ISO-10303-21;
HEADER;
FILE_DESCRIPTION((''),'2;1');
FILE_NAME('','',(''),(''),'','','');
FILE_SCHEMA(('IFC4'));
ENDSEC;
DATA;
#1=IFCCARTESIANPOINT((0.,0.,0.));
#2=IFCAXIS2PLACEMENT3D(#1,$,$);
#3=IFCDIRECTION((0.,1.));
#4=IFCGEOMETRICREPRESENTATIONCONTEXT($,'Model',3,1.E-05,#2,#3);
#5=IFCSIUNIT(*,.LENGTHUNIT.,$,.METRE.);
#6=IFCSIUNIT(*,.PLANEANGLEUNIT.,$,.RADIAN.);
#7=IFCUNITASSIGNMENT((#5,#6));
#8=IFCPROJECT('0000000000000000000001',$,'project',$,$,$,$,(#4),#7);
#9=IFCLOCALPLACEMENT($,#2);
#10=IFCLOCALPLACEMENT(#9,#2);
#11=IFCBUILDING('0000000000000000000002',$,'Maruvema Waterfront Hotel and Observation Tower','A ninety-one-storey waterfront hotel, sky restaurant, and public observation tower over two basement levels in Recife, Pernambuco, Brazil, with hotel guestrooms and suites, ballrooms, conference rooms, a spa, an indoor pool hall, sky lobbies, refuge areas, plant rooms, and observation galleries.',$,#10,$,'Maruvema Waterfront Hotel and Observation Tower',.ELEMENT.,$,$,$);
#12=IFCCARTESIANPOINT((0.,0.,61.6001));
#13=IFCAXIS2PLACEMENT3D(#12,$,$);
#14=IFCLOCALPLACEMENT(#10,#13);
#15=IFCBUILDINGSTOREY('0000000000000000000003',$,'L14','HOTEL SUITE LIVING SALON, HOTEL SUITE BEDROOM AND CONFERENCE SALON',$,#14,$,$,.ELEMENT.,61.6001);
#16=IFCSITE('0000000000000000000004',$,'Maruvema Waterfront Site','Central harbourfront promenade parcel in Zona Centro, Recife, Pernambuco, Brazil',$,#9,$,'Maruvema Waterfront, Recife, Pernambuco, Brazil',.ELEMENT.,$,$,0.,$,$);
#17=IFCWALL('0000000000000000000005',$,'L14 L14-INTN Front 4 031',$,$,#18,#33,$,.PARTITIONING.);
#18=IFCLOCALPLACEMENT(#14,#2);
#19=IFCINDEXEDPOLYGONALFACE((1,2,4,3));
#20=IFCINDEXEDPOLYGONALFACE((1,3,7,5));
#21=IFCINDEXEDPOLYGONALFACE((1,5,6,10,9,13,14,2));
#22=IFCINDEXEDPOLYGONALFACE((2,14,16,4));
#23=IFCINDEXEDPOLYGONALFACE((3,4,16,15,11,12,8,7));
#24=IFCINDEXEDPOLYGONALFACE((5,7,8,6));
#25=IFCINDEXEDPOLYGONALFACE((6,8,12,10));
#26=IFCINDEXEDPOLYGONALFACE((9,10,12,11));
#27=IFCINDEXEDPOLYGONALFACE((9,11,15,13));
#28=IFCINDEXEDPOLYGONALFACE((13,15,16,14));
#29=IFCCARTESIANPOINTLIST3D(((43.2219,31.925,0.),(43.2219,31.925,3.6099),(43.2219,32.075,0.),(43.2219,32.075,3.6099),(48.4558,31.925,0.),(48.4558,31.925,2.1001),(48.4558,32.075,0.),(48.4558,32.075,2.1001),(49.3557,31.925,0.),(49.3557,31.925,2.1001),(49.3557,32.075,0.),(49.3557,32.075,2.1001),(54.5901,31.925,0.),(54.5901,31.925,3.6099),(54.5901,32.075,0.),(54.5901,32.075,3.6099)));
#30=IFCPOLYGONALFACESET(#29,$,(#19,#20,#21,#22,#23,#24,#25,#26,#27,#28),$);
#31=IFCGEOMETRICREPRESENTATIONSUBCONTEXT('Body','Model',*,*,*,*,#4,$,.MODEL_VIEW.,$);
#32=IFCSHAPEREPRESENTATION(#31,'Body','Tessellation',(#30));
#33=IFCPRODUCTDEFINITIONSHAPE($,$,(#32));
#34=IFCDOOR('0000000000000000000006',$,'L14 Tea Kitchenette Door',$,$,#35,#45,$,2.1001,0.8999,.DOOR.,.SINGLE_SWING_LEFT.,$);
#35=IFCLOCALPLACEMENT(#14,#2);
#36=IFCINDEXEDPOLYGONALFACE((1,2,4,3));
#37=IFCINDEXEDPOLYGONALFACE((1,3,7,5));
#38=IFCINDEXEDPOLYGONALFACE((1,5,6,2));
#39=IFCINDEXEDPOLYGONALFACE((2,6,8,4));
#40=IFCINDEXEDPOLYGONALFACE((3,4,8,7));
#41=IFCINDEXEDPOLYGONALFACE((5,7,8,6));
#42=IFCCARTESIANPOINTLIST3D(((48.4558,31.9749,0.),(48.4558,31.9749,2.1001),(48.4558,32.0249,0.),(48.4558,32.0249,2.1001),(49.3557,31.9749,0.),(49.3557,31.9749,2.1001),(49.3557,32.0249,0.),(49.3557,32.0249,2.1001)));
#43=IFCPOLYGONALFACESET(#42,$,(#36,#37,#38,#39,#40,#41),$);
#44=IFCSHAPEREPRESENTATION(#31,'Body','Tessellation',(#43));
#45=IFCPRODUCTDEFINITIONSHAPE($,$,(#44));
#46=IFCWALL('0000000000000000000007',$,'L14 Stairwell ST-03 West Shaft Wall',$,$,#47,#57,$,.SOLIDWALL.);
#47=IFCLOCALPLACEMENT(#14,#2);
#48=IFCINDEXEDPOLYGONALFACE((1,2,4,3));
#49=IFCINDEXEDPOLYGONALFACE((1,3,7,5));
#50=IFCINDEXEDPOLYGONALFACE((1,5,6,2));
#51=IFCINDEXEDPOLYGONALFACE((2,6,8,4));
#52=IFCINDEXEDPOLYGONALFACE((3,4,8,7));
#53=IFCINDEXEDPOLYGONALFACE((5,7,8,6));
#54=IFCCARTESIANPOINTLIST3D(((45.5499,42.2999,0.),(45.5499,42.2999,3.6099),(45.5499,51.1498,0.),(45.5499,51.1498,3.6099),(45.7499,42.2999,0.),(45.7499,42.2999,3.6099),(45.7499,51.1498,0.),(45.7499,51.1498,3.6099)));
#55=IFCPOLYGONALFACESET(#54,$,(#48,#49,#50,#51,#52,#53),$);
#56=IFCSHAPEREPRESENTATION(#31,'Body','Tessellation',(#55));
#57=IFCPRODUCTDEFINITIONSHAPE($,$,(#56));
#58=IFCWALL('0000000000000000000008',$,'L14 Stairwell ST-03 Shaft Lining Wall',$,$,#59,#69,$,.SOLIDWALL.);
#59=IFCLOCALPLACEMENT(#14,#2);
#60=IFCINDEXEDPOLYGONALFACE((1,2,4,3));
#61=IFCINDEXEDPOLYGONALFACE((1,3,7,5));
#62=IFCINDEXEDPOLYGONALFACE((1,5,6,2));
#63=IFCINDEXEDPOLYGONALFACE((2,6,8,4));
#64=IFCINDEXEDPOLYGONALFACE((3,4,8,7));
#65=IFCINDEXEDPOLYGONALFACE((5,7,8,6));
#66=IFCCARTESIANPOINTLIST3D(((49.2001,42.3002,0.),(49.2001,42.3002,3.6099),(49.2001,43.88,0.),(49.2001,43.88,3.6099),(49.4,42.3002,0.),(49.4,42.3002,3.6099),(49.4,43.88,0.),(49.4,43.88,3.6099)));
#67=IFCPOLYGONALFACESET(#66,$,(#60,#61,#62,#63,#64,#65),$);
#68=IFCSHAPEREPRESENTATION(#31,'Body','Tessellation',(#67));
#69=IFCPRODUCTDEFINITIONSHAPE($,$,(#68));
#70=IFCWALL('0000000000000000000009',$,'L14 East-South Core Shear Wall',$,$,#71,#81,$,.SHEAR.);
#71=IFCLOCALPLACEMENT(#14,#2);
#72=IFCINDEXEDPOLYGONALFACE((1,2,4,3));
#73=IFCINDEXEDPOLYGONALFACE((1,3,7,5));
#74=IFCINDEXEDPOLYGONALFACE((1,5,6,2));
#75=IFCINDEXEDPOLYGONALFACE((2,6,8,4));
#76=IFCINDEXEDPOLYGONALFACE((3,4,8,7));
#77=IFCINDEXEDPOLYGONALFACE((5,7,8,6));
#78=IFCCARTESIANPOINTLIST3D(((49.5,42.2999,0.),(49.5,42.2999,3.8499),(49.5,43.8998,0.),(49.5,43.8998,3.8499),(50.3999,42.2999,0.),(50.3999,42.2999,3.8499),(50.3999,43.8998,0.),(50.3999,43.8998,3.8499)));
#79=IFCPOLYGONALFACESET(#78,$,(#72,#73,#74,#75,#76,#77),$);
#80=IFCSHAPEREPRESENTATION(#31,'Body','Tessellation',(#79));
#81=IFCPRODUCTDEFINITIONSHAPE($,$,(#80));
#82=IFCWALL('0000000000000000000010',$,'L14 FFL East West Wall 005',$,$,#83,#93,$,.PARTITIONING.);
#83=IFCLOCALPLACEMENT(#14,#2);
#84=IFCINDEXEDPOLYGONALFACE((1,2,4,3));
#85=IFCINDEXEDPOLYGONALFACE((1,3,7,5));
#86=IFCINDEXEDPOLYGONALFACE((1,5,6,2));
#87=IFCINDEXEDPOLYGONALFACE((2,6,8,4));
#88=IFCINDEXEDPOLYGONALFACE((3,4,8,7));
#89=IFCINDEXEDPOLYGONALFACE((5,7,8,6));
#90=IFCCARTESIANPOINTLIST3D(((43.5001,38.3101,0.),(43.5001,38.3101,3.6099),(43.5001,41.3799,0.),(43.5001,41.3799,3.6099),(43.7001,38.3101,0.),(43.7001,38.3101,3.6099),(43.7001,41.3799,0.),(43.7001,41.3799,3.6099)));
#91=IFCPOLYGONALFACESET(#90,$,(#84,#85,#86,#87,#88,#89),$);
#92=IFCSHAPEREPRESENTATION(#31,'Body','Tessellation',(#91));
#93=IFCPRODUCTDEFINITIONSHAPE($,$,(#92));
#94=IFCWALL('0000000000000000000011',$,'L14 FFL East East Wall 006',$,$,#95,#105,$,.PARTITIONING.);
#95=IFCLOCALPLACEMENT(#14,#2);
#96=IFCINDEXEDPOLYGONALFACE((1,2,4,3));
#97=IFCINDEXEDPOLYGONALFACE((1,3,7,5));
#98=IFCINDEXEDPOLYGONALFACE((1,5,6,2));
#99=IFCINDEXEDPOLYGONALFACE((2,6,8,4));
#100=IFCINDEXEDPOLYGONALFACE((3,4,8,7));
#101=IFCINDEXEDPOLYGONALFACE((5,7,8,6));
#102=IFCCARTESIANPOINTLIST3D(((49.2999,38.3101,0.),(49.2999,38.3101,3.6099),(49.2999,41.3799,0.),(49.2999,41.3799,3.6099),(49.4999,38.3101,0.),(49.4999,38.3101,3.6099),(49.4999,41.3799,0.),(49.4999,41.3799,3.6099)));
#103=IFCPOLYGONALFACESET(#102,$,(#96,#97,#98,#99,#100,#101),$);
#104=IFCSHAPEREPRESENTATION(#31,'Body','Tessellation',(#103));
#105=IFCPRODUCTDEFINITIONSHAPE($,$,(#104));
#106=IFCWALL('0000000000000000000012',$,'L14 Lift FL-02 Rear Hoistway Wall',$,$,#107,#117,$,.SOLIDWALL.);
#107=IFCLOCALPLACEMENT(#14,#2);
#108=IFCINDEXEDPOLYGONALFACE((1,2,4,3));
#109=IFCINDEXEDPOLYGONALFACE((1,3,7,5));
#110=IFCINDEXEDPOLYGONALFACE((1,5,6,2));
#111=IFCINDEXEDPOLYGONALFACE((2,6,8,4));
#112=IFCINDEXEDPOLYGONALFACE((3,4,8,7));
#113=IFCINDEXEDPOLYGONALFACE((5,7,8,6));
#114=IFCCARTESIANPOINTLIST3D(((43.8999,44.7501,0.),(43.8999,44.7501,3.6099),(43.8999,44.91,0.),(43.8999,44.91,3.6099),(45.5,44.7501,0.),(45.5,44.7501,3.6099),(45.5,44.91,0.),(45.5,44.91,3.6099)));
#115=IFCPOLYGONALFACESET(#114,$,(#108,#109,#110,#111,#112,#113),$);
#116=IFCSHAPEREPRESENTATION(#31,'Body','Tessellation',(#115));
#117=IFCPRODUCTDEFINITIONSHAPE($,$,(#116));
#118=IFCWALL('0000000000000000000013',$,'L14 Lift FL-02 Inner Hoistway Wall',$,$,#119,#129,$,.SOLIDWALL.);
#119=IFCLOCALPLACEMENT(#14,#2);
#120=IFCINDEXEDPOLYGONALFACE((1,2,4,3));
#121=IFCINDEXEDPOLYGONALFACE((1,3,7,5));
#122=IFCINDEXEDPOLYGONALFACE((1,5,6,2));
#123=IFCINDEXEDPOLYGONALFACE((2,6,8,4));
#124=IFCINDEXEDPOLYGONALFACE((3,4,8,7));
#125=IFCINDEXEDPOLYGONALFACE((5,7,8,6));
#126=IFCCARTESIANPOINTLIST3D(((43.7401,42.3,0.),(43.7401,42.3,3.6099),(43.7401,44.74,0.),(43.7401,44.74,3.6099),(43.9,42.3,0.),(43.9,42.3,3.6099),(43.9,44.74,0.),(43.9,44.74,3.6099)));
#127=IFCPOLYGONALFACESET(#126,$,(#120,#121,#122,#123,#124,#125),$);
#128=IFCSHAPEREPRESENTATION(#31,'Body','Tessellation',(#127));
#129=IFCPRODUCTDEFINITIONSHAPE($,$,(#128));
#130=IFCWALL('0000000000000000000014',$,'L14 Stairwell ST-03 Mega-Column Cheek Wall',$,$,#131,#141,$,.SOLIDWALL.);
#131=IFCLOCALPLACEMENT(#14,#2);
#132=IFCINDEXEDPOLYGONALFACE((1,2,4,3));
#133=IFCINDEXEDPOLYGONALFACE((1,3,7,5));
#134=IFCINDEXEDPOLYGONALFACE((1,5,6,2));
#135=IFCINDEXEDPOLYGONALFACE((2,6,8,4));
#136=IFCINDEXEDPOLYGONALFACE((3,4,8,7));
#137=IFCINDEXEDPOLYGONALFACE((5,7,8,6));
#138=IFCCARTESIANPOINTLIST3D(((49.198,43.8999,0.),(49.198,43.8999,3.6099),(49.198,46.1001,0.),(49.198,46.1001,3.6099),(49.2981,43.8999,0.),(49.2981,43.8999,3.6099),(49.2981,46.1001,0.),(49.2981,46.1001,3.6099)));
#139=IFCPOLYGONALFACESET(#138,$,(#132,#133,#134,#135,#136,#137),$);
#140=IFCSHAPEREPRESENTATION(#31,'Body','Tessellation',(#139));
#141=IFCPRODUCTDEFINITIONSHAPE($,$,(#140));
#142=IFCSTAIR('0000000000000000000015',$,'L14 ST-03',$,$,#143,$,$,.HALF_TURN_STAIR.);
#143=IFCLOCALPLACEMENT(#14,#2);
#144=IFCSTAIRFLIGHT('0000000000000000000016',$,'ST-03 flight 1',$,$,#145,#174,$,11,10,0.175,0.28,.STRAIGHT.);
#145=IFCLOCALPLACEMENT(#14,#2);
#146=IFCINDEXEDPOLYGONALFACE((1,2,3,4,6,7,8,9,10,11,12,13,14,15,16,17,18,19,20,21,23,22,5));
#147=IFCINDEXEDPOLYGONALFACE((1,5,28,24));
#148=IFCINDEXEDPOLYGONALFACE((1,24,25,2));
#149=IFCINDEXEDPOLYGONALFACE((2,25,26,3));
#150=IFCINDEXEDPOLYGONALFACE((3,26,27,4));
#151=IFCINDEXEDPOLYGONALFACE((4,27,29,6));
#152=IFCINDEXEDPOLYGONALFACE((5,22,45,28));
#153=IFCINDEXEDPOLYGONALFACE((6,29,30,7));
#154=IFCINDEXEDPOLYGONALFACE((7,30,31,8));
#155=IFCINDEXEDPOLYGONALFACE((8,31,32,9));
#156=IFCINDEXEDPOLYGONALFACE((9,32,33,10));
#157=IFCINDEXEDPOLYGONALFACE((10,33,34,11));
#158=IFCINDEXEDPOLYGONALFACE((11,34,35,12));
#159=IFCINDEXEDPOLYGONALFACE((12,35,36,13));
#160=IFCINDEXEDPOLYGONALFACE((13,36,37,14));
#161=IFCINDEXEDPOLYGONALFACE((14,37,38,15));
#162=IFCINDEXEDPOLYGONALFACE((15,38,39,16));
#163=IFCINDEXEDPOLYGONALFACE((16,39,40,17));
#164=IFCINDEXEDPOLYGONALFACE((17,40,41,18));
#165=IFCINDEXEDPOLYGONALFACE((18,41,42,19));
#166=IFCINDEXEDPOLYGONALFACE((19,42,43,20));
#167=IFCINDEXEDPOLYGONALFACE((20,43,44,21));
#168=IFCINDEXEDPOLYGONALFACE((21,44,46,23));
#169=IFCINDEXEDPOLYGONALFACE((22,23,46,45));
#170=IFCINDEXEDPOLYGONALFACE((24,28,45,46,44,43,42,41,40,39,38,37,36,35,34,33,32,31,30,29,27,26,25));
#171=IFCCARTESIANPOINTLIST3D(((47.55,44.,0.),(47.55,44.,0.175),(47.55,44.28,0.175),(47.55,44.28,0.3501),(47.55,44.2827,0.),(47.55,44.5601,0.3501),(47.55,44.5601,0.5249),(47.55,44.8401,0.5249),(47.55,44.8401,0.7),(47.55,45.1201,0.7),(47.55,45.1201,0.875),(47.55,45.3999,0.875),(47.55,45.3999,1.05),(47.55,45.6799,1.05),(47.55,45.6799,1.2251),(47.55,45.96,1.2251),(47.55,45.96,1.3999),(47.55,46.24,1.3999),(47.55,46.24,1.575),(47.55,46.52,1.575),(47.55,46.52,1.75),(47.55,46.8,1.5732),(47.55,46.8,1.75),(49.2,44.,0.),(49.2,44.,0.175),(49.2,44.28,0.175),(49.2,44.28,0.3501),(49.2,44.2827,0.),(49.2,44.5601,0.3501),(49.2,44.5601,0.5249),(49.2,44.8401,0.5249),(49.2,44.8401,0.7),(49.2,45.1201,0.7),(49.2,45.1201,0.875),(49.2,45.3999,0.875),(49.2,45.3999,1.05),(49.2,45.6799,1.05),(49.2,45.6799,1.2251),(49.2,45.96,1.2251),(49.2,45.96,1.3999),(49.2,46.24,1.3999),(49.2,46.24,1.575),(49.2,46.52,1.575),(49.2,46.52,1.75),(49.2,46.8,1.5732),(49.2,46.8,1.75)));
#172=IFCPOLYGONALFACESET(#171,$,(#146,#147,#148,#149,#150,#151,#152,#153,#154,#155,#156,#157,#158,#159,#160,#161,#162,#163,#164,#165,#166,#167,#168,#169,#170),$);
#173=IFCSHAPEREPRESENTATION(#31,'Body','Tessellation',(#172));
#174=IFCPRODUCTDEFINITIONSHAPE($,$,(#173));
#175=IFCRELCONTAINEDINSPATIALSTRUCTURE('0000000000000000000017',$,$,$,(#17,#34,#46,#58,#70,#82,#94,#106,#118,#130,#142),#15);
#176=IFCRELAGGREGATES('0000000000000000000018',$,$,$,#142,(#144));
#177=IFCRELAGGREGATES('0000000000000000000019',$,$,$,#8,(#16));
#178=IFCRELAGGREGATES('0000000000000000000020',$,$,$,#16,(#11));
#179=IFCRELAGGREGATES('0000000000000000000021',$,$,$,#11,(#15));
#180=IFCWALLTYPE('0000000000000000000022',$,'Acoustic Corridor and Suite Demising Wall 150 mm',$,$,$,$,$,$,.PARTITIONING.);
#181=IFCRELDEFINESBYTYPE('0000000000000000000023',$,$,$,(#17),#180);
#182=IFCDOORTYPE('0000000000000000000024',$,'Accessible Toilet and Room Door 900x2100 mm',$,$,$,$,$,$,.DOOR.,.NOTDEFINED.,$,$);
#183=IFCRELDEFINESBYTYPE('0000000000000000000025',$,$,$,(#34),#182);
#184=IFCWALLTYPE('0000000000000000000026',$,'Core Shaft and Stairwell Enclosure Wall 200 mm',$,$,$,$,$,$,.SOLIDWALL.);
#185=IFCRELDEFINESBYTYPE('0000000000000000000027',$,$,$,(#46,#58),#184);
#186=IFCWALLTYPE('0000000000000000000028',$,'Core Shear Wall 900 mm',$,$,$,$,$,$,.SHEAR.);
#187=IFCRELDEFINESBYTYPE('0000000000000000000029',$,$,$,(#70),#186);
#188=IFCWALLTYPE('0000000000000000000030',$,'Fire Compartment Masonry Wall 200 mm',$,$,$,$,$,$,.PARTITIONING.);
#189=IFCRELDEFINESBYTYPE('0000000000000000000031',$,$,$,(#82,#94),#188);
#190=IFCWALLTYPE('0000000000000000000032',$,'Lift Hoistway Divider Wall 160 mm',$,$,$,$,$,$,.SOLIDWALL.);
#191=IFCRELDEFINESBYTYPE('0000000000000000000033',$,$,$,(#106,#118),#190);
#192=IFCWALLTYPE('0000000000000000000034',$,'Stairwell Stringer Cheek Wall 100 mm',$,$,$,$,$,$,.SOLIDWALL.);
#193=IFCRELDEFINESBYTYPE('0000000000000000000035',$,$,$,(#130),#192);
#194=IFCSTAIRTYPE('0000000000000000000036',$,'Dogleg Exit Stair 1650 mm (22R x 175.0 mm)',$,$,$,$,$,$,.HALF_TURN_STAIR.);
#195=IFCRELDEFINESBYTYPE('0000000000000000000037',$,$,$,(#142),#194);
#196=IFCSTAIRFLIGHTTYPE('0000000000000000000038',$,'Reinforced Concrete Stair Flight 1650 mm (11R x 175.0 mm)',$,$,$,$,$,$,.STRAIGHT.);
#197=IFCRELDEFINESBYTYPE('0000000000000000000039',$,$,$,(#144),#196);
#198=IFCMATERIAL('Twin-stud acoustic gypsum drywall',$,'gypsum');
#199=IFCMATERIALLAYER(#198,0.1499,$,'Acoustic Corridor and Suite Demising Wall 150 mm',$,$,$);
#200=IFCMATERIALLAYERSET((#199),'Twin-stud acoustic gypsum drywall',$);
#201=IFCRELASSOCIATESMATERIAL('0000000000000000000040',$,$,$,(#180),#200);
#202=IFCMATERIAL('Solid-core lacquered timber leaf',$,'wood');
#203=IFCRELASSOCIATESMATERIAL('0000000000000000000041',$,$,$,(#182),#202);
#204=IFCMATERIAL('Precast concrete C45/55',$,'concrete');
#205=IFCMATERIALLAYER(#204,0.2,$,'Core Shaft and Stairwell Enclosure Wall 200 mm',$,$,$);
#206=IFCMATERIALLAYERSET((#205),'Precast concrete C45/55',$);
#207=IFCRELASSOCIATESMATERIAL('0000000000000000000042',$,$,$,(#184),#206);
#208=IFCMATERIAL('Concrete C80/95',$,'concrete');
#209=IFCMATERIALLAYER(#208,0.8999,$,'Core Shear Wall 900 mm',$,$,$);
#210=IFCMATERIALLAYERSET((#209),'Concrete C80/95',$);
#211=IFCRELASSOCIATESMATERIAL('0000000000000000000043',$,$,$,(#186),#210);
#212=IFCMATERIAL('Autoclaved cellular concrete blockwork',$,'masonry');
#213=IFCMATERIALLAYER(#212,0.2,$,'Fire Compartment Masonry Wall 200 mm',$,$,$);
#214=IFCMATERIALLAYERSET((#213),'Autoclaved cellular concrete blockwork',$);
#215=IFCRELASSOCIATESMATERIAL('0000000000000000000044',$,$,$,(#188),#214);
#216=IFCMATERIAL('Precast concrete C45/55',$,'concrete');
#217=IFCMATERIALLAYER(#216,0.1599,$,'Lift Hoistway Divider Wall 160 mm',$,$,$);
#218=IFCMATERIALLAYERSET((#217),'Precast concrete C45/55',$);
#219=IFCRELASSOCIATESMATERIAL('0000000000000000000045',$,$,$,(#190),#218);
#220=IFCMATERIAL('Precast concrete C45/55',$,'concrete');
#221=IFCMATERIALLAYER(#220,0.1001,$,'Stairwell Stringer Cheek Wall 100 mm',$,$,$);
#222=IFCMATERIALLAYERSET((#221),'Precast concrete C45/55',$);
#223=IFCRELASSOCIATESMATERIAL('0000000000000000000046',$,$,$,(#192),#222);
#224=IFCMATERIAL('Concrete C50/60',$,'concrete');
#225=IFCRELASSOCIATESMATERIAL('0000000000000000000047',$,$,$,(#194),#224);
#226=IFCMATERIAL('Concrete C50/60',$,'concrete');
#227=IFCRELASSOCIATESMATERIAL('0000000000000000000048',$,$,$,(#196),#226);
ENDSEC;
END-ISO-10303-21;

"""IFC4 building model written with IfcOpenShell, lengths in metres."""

from ifc_helpers import new_model, si_unit, direction, frame, frame_2d, origin, place, context, subcontext, project, spatial, polyline, rectangle, outline, extrude, material, layer, layer_set, type_object, element, fill, aggregate, save


model = new_model("IFC4")

# Units and contexts
model_context = context("Model", 3, precision=1e-05, world=origin(), true_north=direction((0.0, 1.0)))
body_context = subcontext(model_context, "Body", "Model", "MODEL_VIEW")
ifc_project = project(units=[si_unit("LENGTHUNIT", "METRE"), si_unit("PLANEANGLEUNIT", "RADIAN")], contexts=[model_context])

# Site, building, storey
site_placement = place(None, origin())
site = spatial("IfcSite", under=ifc_project, at=site_placement, Name="Maruvema Waterfront Site", Description="Central harbourfront promenade parcel in Zona Centro, Recife, Pernambuco, Brazil", LongName="Maruvema Waterfront, Recife, Pernambuco, Brazil", CompositionType="ELEMENT", RefElevation=0.0)
building_placement = place(site_placement, origin())
building = spatial("IfcBuilding", under=site, at=building_placement, Name="Maruvema Waterfront Hotel and Observation Tower", Description="A ninety-one-storey waterfront hotel, sky restaurant, and public observation tower over two basement levels in Recife, Pernambuco, Brazil, with hotel guestrooms and suites, ballrooms, conference rooms, a spa, an indoor pool hall, sky lobbies, refuge areas, plant rooms, and observation galleries.", LongName="Maruvema Waterfront Hotel and Observation Tower", CompositionType="ELEMENT")
storey_placement = place(building_placement, frame((0.0, 0.0, 61.6001)))
storey = spatial("IfcBuildingStorey", under=building, at=storey_placement, Name="L14", Description="HOTEL SUITE LIVING SALON, HOTEL SUITE BEDROOM AND CONFERENCE SALON", CompositionType="ELEMENT", Elevation=61.6001)

# Wall, opening, door
ifc_material_1 = material(Name="Twin-stud acoustic gypsum drywall", Category="gypsum")
ifc_layer_1 = layer(ifc_material_1, 0.1499, Name="Acoustic Corridor and Suite Demising Wall 150 mm")
ifc_layer_set_1 = layer_set([ifc_layer_1], Name="Twin-stud acoustic gypsum drywall")
wall_type_1 = type_object("IfcWallType", Name="Acoustic Corridor and Suite Demising Wall 150 mm", PredefinedType="PARTITIONING", material=ifc_layer_set_1)
wall_1_placement = place(storey_placement, frame((43.2219, 32.0, 0.0), z_axis=(0.0, 0.0, 1.0), x_axis=(1.0, 0.0, 0.0)))
wall_1 = element("IfcWall", 1, at=wall_1_placement, inside=storey, type_object=wall_type_1, Name="L14 L14-INTN Front 4 031", PredefinedType="PARTITIONING", context=body_context, shape_type="SweptSolid", body=[
    extrude(rectangle(XDim=11.3682, YDim=0.1499, at=frame_2d((5.6841, 0.0))), origin(), (0.0, 0.0, 1.0), 3.6099),
])
opening_1_placement = place(wall_1_placement, frame((5.2339, 0.0, 0.0)))
opening_1 = element("IfcOpeningElement", 2, at=opening_1_placement, cuts=wall_1, PredefinedType="OPENING", context=body_context, shape_type="SweptSolid", body=[
    extrude(rectangle(XDim=0.8999, YDim=2.1001, at=frame_2d((0.45, 1.05))), frame((0.0, 0.085, 0.0), z_axis=(0.0, -1.0, 0.0), x_axis=(1.0, 0.0, 0.0)), (0.0, 0.0, 1.0), 0.1699),
])
ifc_material_2 = material(Name="Solid-core lacquered timber leaf", Category="wood")
door_type_1 = type_object("IfcDoorType", Name="Accessible Toilet and Room Door 900x2100 mm", OperationType="NOTDEFINED", PredefinedType="DOOR", material=ifc_material_2)
door_1_placement = place(opening_1_placement, origin())
door_1 = element("IfcDoor", 3, at=door_1_placement, inside=storey, type_object=door_type_1, Name="L14 Tea Kitchenette Door", OperationType="SINGLE_SWING_LEFT", OverallHeight=2.1001, OverallWidth=0.8999, PredefinedType="DOOR", context=body_context, shape_type="SweptSolid", body=[
    extrude(rectangle(XDim=0.8999, YDim=2.1001, at=frame_2d((0.45, 1.05))), frame((0.0, 0.0249, 0.0), z_axis=(0.0, -1.0, 0.0), x_axis=(1.0, 0.0, 0.0)), (0.0, 0.0, 1.0), 0.05),
])
fill(opening_1, door_1)

# Walls
ifc_material_3 = material(Name="Precast concrete C45/55", Category="concrete")
ifc_layer_2 = layer(ifc_material_3, 0.2, Name="Core Shaft and Stairwell Enclosure Wall 200 mm")
ifc_layer_set_2 = layer_set([ifc_layer_2], Name="Precast concrete C45/55")
wall_type_2 = type_object("IfcWallType", Name="Core Shaft and Stairwell Enclosure Wall 200 mm", PredefinedType="SOLIDWALL", material=ifc_layer_set_2)
wall_2_placement = place(storey_placement, frame((45.6499, 42.3, 0.0), z_axis=(0.0, 0.0, 1.0), x_axis=(0.0, 1.0, 0.0)))
element("IfcWall", 4, at=wall_2_placement, inside=storey, type_object=wall_type_2, Name="L14 Stairwell ST-03 West Shaft Wall", PredefinedType="SOLIDWALL", context=body_context, shape_type="SweptSolid", body=[
    extrude(rectangle(XDim=8.8499, YDim=0.2, at=frame_2d((4.4248, 0.0))), origin(), (0.0, 0.0, 1.0), 3.6099),
])
wall_3_placement = place(storey_placement, frame((49.3, 42.3, 0.0), z_axis=(0.0, 0.0, 1.0), x_axis=(0.0, 1.0, 0.0)))
element("IfcWall", 5, at=wall_3_placement, inside=storey, type_object=wall_type_2, Name="L14 Stairwell ST-03 Shaft Lining Wall", PredefinedType="SOLIDWALL", context=body_context, shape_type="SweptSolid", body=[
    extrude(rectangle(XDim=1.5798, YDim=0.2, at=frame_2d((0.79, 0.0))), origin(), (0.0, 0.0, 1.0), 3.6099),
])

# Shared definitions
ifc_material_4 = material(Name="Concrete C80/95", Category="concrete")
ifc_layer_3 = layer(ifc_material_4, 0.8999, Name="Core Shear Wall 900 mm")
ifc_layer_set_3 = layer_set([ifc_layer_3], Name="Concrete C80/95")
wall_type_3 = type_object("IfcWallType", Name="Core Shear Wall 900 mm", PredefinedType="SHEAR", material=ifc_layer_set_3)

# Wall
wall_4_placement = place(storey_placement, frame((49.95, 42.3, 0.0), z_axis=(0.0, 0.0, 1.0), x_axis=(0.0, 1.0, 0.0)))
element("IfcWall", 6, at=wall_4_placement, inside=storey, type_object=wall_type_3, Name="L14 East-South Core Shear Wall", PredefinedType="SHEAR", context=body_context, shape_type="SweptSolid", body=[
    extrude(rectangle(XDim=1.5999, YDim=0.8999, at=frame_2d((0.7998, 0.0))), origin(), (0.0, 0.0, 1.0), 3.8499),
])

# Shared definitions
ifc_material_5 = material(Name="Autoclaved cellular concrete blockwork", Category="masonry")
ifc_layer_4 = layer(ifc_material_5, 0.2, Name="Fire Compartment Masonry Wall 200 mm")
ifc_layer_set_4 = layer_set([ifc_layer_4], Name="Autoclaved cellular concrete blockwork")
wall_type_4 = type_object("IfcWallType", Name="Fire Compartment Masonry Wall 200 mm", PredefinedType="PARTITIONING", material=ifc_layer_set_4)

# Walls
for number, where, z_axis, x_axis, name in (
    (7, (43.6001, 38.3101, 0.0), (0.0, 0.0, 1.0), (0.0, 1.0, 0.0), "L14 FFL East West Wall 005"),
    (8, (49.3999, 38.3101, 0.0), (0.0, 0.0, 1.0), (0.0, 1.0, 0.0), "L14 FFL East East Wall 006"),
):
    element("IfcWall", number, at=place(storey_placement, frame(where, z_axis=z_axis, x_axis=x_axis)), inside=storey, type_object=wall_type_4, Name=name, PredefinedType="PARTITIONING", context=body_context, shape_type="SweptSolid", body=[
        extrude(rectangle(XDim=3.0698, YDim=0.2, at=frame_2d((1.5349, 0.0))), origin(), (0.0, 0.0, 1.0), 3.6099),
    ])
ifc_material_6 = material(Name="Precast concrete C45/55", Category="concrete")
ifc_layer_5 = layer(ifc_material_6, 0.1599, Name="Lift Hoistway Divider Wall 160 mm")
ifc_layer_set_5 = layer_set([ifc_layer_5], Name="Precast concrete C45/55")
wall_type_5 = type_object("IfcWallType", Name="Lift Hoistway Divider Wall 160 mm", PredefinedType="SOLIDWALL", material=ifc_layer_set_5)
wall_5_placement = place(storey_placement, frame((43.8999, 44.8301, 0.0), z_axis=(0.0, 0.0, 1.0), x_axis=(1.0, 0.0, 0.0)))
element("IfcWall", 9, at=wall_5_placement, inside=storey, type_object=wall_type_5, Name="L14 Lift FL-02 Rear Hoistway Wall", PredefinedType="SOLIDWALL", context=body_context, shape_type="SweptSolid", body=[
    extrude(rectangle(XDim=1.6001, YDim=0.1599, at=frame_2d((0.8, 0.0))), origin(), (0.0, 0.0, 1.0), 3.6099),
])
wall_6_placement = place(storey_placement, frame((43.8201, 42.3, 0.0), z_axis=(0.0, 0.0, 1.0), x_axis=(0.0, 1.0, 0.0)))
element("IfcWall", 10, at=wall_6_placement, inside=storey, type_object=wall_type_5, Name="L14 Lift FL-02 Inner Hoistway Wall", PredefinedType="SOLIDWALL", context=body_context, shape_type="SweptSolid", body=[
    extrude(rectangle(XDim=2.4399, YDim=0.1599, at=frame_2d((1.22, 0.0))), origin(), (0.0, 0.0, 1.0), 3.6099),
])
ifc_material_7 = material(Name="Precast concrete C45/55", Category="concrete")
ifc_layer_6 = layer(ifc_material_7, 0.1001, Name="Stairwell Stringer Cheek Wall 100 mm")
ifc_layer_set_6 = layer_set([ifc_layer_6], Name="Precast concrete C45/55")
wall_type_6 = type_object("IfcWallType", Name="Stairwell Stringer Cheek Wall 100 mm", PredefinedType="SOLIDWALL", material=ifc_layer_set_6)
wall_7_placement = place(storey_placement, frame((49.248, 43.8999, 0.0), z_axis=(0.0, 0.0, 1.0), x_axis=(0.0, 1.0, 0.0)))
element("IfcWall", 11, at=wall_7_placement, inside=storey, type_object=wall_type_6, Name="L14 Stairwell ST-03 Mega-Column Cheek Wall", PredefinedType="SOLIDWALL", context=body_context, shape_type="SweptSolid", body=[
    extrude(rectangle(XDim=2.2002, YDim=0.1001, at=frame_2d((1.1001, 0.0))), origin(), (0.0, 0.0, 1.0), 3.6099),
])

# Stair, stair flight
ifc_material_8 = material(Name="Concrete C50/60", Category="concrete")
stair_type = type_object("IfcStairType", Name="Dogleg Exit Stair 1650 mm (22R x 175.0 mm)", PredefinedType="HALF_TURN_STAIR", material=ifc_material_8)
stair_placement = place(storey_placement, origin())
stair = element("IfcStair", 12, at=stair_placement, inside=storey, type_object=stair_type, Name="L14 ST-03", PredefinedType="HALF_TURN_STAIR")
ifc_material_9 = material(Name="Concrete C50/60", Category="concrete")
stair_flight_type = type_object("IfcStairFlightType", Name="Reinforced Concrete Stair Flight 1650 mm (11R x 175.0 mm)", PredefinedType="STRAIGHT", material=ifc_material_9)
stair_flight_placement = place(storey_placement, frame((48.375, 44.0, 0.0), z_axis=(0.0, 0.0, 1.0), x_axis=(0.0, 1.0, 0.0)))
stair_flight = element("IfcStairFlight", 13, at=stair_flight_placement, type_object=stair_flight_type, Name="ST-03 flight 1", NumberOfRisers=11, NumberOfTreads=10, PredefinedType="STRAIGHT", RiserHeight=0.175, TreadLength=0.28, context=body_context, shape_type="SweptSolid", body=[
    extrude(outline(polyline([(0.0, 0.0), (0.0, 0.175), (0.28, 0.175), (0.28, 0.3501), (0.5601, 0.3501), (0.5601, 0.5249), (0.8401, 0.5249), (0.8401, 0.7), (1.1201, 0.7), (1.1201, 0.875), (1.3999, 0.875), (1.3999, 1.05), (1.6799, 1.05), (1.6799, 1.2251), (1.96, 1.2251), (1.96, 1.3999), (2.24, 1.3999), (2.24, 1.575), (2.52, 1.575), (2.52, 1.75), (2.8, 1.75), (2.8, 1.925), (2.8, 1.5732), (0.2827, 0.0), (0.0, 0.0)])), frame((0.0, 0.825, 0.0), z_axis=(0.0, -1.0, 0.0), x_axis=(1.0, 0.0, 0.0)), (0.0, 0.0, 1.0), 1.6499),
])
aggregate(stair, [stair_flight])

save(model, "model.ifc")
